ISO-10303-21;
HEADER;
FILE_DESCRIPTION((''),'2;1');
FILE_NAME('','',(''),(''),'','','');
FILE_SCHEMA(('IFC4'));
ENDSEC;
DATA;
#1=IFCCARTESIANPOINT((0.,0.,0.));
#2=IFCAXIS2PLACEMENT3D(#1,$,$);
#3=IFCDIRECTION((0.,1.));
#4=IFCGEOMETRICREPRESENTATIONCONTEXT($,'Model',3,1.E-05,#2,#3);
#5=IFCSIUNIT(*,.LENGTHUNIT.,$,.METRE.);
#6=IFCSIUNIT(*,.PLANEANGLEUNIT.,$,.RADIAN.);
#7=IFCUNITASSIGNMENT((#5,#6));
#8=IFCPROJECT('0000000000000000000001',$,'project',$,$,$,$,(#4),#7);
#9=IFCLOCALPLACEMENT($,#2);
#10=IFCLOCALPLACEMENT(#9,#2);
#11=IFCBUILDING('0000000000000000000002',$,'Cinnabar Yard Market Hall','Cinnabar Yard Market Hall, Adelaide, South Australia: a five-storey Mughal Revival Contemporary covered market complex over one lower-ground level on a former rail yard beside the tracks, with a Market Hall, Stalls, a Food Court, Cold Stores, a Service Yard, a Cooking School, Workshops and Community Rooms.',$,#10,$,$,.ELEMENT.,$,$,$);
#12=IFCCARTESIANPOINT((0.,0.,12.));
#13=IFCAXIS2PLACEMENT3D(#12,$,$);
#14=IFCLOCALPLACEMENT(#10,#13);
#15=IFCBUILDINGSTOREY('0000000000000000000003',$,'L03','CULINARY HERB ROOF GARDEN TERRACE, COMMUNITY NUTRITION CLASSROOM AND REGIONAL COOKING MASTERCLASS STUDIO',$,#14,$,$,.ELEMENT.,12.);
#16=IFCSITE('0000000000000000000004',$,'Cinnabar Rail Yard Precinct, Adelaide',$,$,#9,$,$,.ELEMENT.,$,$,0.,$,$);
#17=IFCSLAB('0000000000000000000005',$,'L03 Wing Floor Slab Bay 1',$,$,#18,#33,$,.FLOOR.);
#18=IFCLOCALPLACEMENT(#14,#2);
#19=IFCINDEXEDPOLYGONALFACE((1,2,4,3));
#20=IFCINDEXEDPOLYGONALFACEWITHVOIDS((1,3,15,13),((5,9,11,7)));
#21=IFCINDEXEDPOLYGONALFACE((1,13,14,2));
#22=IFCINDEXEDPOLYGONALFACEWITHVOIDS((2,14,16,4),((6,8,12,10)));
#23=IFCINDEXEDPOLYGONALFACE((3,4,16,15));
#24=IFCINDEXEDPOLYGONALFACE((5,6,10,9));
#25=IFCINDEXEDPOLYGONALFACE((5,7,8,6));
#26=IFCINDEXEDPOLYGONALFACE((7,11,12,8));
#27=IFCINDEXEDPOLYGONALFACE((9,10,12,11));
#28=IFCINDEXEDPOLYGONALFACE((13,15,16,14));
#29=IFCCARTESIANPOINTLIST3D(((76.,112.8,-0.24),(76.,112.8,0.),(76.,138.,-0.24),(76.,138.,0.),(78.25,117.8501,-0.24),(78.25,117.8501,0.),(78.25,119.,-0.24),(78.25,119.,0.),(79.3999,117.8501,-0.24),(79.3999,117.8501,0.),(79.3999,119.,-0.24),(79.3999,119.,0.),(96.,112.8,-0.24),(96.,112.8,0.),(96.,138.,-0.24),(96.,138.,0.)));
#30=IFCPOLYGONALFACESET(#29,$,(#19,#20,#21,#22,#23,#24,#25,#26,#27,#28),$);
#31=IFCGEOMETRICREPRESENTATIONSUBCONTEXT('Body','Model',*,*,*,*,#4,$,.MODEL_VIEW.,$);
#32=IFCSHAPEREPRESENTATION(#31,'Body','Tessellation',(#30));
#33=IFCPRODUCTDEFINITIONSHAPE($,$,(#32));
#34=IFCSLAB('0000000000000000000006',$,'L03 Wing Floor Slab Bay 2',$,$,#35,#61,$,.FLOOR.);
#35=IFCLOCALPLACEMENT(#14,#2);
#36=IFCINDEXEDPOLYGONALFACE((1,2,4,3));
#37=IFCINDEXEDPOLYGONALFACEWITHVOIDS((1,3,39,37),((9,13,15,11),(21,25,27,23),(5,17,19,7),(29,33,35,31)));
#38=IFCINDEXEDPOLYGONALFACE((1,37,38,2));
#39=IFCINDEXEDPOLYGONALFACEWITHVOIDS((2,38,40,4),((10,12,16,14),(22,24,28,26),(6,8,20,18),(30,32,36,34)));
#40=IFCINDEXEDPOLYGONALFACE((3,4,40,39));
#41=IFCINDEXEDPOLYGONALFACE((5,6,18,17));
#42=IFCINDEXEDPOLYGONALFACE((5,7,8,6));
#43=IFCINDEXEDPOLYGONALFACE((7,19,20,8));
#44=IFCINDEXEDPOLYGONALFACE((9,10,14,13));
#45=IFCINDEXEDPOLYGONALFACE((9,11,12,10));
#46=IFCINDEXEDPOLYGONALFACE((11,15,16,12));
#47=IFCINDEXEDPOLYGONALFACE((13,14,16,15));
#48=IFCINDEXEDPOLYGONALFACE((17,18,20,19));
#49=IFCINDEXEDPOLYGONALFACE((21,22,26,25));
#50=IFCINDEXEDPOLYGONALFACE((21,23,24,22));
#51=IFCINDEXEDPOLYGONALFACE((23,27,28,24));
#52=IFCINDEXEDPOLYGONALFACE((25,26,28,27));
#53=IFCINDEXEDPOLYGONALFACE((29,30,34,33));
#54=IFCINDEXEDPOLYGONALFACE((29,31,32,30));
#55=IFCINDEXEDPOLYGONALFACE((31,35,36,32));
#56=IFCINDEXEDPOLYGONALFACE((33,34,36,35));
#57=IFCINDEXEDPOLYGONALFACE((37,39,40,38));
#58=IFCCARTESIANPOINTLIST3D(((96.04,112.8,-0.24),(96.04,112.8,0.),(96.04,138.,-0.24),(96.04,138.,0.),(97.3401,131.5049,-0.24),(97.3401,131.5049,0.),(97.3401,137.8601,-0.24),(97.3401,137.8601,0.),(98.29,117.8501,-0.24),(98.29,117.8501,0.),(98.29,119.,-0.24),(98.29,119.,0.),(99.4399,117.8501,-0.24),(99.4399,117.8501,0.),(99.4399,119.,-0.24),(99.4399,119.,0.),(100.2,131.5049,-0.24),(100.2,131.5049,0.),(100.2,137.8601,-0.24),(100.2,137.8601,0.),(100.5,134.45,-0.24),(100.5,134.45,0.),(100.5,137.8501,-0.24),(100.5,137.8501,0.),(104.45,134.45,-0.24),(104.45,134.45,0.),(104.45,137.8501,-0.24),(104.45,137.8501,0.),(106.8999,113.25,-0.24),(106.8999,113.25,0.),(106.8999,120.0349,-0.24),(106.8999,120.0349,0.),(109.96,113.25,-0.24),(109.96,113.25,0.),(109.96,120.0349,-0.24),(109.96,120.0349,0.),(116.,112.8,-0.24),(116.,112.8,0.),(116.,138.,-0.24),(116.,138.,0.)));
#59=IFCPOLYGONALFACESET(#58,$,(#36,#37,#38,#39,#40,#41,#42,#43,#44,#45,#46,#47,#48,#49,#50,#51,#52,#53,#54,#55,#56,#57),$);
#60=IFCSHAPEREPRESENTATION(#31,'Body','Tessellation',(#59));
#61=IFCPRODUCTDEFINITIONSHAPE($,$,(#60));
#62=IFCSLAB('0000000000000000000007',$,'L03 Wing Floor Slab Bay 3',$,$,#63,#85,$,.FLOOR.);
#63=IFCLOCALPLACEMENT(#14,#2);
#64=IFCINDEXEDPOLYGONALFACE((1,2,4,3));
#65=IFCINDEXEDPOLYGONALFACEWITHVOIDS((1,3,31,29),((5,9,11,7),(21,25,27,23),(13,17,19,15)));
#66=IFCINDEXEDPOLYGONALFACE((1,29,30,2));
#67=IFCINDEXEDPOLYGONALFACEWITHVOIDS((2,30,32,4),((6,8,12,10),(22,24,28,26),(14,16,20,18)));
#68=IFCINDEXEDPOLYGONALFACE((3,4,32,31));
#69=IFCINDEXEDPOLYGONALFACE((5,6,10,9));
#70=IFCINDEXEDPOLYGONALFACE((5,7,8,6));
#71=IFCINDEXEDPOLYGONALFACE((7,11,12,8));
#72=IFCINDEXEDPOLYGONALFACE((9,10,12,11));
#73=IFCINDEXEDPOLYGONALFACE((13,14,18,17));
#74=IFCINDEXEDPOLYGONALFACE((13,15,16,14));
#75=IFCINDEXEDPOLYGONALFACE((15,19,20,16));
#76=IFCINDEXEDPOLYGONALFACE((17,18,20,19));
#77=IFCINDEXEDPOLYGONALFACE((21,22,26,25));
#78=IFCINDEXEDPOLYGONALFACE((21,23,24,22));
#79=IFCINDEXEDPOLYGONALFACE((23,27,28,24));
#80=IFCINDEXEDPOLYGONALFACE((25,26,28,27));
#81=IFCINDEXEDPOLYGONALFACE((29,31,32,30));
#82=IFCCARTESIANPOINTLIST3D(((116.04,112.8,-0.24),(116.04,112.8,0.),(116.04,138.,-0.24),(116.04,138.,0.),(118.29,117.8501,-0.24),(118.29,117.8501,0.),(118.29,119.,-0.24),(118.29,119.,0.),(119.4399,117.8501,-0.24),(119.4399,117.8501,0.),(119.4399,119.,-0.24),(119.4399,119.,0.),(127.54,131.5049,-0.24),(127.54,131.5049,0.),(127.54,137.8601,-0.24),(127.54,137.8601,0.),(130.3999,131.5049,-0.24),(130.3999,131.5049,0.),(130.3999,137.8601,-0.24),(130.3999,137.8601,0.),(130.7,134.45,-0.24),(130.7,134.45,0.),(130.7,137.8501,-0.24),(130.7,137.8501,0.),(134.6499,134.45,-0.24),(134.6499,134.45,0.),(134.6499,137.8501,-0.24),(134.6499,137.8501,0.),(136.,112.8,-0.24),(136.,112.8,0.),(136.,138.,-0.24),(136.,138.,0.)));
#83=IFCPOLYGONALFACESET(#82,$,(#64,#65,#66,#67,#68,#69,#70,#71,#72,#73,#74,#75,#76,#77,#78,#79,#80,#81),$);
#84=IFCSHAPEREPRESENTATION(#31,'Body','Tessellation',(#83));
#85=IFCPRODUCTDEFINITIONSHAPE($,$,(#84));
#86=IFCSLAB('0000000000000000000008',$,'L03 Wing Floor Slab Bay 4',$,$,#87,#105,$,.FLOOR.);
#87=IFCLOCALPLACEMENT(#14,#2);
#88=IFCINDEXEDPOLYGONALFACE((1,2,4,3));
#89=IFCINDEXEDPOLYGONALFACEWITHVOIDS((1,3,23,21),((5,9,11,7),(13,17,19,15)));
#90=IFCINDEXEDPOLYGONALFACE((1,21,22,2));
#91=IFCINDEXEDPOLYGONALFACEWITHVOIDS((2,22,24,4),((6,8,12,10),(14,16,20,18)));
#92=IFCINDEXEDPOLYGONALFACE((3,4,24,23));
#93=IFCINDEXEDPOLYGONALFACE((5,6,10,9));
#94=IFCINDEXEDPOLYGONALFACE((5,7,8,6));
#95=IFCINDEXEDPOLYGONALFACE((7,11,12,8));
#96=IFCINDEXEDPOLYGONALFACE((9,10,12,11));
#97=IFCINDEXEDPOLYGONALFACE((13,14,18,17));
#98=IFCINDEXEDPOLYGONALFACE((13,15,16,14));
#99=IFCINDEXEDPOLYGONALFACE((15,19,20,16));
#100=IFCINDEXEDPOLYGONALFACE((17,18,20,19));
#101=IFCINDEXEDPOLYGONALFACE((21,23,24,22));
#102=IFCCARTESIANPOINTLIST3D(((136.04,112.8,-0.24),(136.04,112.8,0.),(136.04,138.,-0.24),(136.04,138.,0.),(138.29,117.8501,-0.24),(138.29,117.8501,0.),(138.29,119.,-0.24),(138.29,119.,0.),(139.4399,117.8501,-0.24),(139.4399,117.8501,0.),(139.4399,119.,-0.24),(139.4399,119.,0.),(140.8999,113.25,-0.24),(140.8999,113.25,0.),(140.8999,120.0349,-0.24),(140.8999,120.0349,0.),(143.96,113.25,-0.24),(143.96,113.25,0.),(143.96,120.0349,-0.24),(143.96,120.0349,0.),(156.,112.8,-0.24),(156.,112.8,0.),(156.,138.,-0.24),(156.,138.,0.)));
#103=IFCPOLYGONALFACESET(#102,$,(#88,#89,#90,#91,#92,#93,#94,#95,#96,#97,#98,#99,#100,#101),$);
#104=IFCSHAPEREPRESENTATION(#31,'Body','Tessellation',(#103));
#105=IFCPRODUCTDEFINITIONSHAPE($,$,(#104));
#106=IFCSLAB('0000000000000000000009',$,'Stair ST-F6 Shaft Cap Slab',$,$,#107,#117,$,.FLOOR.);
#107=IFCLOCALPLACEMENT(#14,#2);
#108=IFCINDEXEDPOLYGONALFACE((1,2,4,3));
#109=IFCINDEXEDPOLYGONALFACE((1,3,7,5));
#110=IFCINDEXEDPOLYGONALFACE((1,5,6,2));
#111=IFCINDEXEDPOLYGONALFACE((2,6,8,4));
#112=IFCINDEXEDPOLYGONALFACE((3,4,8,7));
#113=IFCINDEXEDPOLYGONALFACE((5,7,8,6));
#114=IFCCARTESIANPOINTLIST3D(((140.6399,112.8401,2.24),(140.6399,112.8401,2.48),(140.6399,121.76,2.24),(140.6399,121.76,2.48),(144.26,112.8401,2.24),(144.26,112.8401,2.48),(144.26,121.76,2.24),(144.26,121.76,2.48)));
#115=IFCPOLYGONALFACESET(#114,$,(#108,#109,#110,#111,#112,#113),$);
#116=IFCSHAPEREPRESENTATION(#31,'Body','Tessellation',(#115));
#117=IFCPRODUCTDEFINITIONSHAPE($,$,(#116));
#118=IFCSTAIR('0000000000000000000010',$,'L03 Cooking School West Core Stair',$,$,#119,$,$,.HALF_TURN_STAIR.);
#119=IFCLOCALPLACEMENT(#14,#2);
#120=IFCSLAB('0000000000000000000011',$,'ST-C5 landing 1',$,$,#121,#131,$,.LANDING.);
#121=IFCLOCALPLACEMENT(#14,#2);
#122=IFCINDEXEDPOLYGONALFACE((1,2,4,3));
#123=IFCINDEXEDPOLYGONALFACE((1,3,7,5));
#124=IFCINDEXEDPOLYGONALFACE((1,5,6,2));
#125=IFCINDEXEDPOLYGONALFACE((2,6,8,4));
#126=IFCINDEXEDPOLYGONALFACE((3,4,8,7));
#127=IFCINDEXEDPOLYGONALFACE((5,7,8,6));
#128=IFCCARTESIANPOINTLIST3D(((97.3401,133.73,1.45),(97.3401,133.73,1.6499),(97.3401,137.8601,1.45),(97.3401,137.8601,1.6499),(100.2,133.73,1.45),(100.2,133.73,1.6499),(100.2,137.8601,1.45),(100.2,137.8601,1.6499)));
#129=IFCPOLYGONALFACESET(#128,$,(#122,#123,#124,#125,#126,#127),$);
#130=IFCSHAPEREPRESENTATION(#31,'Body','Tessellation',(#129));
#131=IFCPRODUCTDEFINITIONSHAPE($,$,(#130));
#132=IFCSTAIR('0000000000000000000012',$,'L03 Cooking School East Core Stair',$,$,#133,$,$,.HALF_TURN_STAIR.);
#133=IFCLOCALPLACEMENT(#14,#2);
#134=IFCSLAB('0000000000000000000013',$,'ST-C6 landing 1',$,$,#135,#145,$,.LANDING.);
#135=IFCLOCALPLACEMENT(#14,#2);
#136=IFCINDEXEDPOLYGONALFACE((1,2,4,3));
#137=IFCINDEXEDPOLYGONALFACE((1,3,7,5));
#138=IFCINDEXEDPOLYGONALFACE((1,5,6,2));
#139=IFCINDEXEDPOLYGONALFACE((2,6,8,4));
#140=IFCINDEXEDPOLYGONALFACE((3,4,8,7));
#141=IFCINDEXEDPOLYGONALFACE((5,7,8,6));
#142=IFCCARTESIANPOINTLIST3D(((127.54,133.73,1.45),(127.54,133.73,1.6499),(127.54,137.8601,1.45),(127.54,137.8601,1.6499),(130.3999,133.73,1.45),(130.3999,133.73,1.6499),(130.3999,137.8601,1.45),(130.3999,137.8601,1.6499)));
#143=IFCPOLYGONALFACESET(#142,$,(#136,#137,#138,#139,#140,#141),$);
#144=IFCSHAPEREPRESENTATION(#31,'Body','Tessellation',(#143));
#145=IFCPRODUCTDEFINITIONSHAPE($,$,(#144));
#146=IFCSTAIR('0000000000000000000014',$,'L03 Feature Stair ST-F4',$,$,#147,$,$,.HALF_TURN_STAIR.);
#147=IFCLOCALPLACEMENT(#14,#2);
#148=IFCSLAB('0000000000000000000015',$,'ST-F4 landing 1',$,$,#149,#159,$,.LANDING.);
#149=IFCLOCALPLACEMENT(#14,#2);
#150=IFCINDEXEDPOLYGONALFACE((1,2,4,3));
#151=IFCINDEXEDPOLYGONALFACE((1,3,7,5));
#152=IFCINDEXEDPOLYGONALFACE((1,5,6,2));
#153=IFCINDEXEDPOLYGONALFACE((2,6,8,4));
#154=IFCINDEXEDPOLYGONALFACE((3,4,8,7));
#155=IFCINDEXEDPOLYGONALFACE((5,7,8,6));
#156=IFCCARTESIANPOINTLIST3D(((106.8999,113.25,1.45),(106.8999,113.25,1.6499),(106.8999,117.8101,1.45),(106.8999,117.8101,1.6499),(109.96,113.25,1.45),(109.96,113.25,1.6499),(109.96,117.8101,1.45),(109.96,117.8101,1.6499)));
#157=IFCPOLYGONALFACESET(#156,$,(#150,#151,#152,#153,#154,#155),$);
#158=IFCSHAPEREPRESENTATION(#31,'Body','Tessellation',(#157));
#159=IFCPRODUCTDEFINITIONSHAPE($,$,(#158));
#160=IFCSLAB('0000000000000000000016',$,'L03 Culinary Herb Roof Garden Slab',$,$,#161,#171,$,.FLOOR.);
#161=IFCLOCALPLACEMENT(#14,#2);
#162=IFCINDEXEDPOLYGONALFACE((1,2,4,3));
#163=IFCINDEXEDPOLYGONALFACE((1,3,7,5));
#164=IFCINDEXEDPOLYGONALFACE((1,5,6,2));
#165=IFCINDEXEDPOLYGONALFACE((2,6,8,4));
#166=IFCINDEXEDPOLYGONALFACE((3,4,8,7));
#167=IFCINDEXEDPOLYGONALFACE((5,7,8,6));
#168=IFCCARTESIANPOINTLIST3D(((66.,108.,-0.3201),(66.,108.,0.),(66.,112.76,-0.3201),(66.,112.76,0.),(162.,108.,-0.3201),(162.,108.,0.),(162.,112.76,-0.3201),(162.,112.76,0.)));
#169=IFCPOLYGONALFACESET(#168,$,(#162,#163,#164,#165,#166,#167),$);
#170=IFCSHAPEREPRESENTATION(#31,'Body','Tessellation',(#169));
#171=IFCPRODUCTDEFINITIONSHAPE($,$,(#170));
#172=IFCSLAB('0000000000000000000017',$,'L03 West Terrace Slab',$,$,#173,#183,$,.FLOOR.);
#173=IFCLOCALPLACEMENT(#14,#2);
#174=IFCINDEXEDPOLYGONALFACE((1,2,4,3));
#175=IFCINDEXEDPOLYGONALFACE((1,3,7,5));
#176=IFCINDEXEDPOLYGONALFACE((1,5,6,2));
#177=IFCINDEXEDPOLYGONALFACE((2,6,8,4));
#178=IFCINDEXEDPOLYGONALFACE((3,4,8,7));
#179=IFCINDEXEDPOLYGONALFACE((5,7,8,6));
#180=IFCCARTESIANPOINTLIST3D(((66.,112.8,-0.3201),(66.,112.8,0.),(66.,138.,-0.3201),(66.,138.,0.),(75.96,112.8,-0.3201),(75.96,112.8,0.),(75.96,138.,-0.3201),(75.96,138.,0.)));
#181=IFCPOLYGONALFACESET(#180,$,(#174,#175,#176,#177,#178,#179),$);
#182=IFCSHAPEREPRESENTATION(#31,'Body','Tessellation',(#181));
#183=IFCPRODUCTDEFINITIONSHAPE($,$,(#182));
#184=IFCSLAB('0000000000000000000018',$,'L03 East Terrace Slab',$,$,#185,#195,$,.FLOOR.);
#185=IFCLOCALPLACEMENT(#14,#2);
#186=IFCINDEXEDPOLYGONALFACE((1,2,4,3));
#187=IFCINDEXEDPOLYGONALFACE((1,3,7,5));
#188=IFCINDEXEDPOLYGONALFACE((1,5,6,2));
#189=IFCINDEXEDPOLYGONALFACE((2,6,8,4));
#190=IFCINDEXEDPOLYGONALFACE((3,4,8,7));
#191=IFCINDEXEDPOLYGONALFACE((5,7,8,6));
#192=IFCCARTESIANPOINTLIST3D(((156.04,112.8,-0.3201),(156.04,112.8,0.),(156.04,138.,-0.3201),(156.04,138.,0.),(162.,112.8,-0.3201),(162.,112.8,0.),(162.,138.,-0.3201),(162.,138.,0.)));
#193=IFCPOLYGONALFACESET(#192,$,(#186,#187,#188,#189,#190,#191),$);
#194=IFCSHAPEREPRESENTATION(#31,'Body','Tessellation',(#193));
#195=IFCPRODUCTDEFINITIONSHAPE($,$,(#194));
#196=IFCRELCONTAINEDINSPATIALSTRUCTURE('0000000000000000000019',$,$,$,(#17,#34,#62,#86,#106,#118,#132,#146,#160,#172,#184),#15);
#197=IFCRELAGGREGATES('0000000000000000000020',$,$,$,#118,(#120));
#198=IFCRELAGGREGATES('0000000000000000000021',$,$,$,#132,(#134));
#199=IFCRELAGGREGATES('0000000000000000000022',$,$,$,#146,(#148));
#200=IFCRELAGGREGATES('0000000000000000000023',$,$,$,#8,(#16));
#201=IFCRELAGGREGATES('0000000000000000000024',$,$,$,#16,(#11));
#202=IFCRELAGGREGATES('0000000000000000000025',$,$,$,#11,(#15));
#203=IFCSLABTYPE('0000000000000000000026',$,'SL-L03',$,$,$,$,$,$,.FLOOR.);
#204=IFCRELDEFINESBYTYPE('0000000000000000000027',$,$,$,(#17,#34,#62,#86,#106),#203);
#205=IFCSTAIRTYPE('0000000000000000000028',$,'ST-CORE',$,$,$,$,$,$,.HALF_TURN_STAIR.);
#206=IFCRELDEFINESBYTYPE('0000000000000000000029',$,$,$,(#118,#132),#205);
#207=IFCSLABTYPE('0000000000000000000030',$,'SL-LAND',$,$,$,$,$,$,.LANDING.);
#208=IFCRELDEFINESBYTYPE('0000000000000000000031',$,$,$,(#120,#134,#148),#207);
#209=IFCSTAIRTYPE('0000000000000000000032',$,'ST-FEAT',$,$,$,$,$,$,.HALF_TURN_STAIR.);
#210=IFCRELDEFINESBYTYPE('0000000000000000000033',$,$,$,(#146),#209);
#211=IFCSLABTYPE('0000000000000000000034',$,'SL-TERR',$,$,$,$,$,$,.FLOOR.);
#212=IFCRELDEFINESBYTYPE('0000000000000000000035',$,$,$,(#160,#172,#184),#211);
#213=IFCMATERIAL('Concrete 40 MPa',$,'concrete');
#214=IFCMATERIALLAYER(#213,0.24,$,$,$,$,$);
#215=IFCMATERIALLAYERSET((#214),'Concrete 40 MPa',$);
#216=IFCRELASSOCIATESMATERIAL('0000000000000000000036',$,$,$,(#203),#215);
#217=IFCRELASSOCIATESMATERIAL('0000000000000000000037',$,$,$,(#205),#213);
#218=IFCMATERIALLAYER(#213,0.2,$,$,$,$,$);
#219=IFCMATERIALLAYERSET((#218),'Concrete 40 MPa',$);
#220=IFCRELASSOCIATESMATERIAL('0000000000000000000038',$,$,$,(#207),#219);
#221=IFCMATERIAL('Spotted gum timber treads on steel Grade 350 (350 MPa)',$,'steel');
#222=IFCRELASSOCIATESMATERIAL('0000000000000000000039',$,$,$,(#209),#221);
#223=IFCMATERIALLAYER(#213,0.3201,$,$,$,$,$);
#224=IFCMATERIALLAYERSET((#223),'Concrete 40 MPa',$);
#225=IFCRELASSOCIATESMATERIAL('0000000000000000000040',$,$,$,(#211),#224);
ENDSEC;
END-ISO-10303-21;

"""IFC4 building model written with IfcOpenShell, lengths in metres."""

from ifc_helpers import new_model, si_unit, direction, frame, origin, place, context, subcontext, project, spatial, polyline, outline, extrude, material, layer, layer_set, type_object, element, aggregate, save


model = new_model("IFC4")

# Units and contexts
model_context = context("Model", 3, precision=1e-05, world=origin(), true_north=direction((0.0, 1.0)))
body_context = subcontext(model_context, "Body", "Model", "MODEL_VIEW")
ifc_project = project(units=[si_unit("LENGTHUNIT", "METRE"), si_unit("PLANEANGLEUNIT", "RADIAN")], contexts=[model_context])

# Site, building, storey
site_placement = place(None, origin())
site = spatial("IfcSite", under=ifc_project, at=site_placement, Name="Cinnabar Rail Yard Precinct, Adelaide", CompositionType="ELEMENT", RefElevation=0.0)
building_placement = place(site_placement, origin())
building = spatial("IfcBuilding", under=site, at=building_placement, Name="Cinnabar Yard Market Hall", Description="Cinnabar Yard Market Hall, Adelaide, South Australia: a five-storey Mughal Revival Contemporary covered market complex over one lower-ground level on a former rail yard beside the tracks, with a Market Hall, Stalls, a Food Court, Cold Stores, a Service Yard, a Cooking School, Workshops and Community Rooms.", CompositionType="ELEMENT")
storey_placement = place(building_placement, frame((0.0, 0.0, 12.0)))
storey = spatial("IfcBuildingStorey", under=building, at=storey_placement, Name="L03", Description="CULINARY HERB ROOF GARDEN TERRACE, COMMUNITY NUTRITION CLASSROOM AND REGIONAL COOKING MASTERCLASS STUDIO", CompositionType="ELEMENT", Elevation=12.0)

# Slabs
ifc_material_1 = material(Name="Concrete 40 MPa", Category="concrete")
ifc_layer_1 = layer(ifc_material_1, 0.24)
ifc_layer_set_1 = layer_set([ifc_layer_1], Name="Concrete 40 MPa")
slab_type_1 = type_object("IfcSlabType", Name="SL-L03", PredefinedType="FLOOR", material=ifc_layer_set_1)
slab_1_placement = place(storey_placement, frame((0.0, 0.0, -0.24)))
element("IfcSlab", 1, at=slab_1_placement, inside=storey, type_object=slab_type_1, Name="L03 Wing Floor Slab Bay 1", PredefinedType="FLOOR", context=body_context, shape_type="SweptSolid", body=[
    extrude(outline(polyline([(76.0, 112.8), (96.0, 112.8), (96.0, 138.0), (76.0, 138.0), (76.0, 112.8)]), holes=[polyline([(78.25, 117.8501), (79.3999, 117.8501), (79.3999, 119.0), (78.25, 119.0), (78.25, 117.8501)])]), origin(), (0.0, 0.0, 1.0), 0.24),
])
slab_2_placement = place(storey_placement, frame((0.0, 0.0, -0.24)))
element("IfcSlab", 2, at=slab_2_placement, inside=storey, type_object=slab_type_1, Name="L03 Wing Floor Slab Bay 2", PredefinedType="FLOOR", context=body_context, shape_type="SweptSolid", body=[
    extrude(outline(polyline([(96.04, 112.8), (116.0, 112.8), (116.0, 138.0), (96.04, 138.0), (96.04, 112.8)]), holes=[polyline([(98.29, 117.8501), (99.4399, 117.8501), (99.4399, 119.0), (98.29, 119.0), (98.29, 117.8501)]), polyline([(100.2, 131.5049), (100.2, 137.8601), (97.3401, 137.8601), (97.3401, 131.5049), (100.2, 131.5049)]), polyline([(100.5, 134.45), (104.45, 134.45), (104.45, 137.8501), (100.5, 137.8501), (100.5, 134.45)]), polyline([(106.8999, 120.0349), (106.8999, 113.25), (109.96, 113.25), (109.96, 120.0349), (106.8999, 120.0349)])]), origin(), (0.0, 0.0, 1.0), 0.24),
])
slab_3_placement = place(storey_placement, frame((0.0, 0.0, -0.24)))
element("IfcSlab", 3, at=slab_3_placement, inside=storey, type_object=slab_type_1, Name="L03 Wing Floor Slab Bay 3", PredefinedType="FLOOR", context=body_context, shape_type="SweptSolid", body=[
    extrude(outline(polyline([(116.04, 112.8), (136.0, 112.8), (136.0, 138.0), (116.04, 138.0), (116.04, 112.8)]), holes=[polyline([(118.29, 117.8501), (119.4399, 117.8501), (119.4399, 119.0), (118.29, 119.0), (118.29, 117.8501)]), polyline([(130.3999, 131.5049), (130.3999, 137.8601), (127.54, 137.8601), (127.54, 131.5049), (130.3999, 131.5049)]), polyline([(130.7, 134.45), (134.6499, 134.45), (134.6499, 137.8501), (130.7, 137.8501), (130.7, 134.45)])]), origin(), (0.0, 0.0, 1.0), 0.24),
])
slab_4_placement = place(storey_placement, frame((0.0, 0.0, -0.24)))
element("IfcSlab", 4, at=slab_4_placement, inside=storey, type_object=slab_type_1, Name="L03 Wing Floor Slab Bay 4", PredefinedType="FLOOR", context=body_context, shape_type="SweptSolid", body=[
    extrude(outline(polyline([(136.04, 112.8), (156.0, 112.8), (156.0, 138.0), (136.04, 138.0), (136.04, 112.8)]), holes=[polyline([(138.29, 117.8501), (139.4399, 117.8501), (139.4399, 119.0), (138.29, 119.0), (138.29, 117.8501)]), polyline([(140.8999, 120.0349), (140.8999, 113.25), (143.96, 113.25), (143.96, 120.0349), (140.8999, 120.0349)])]), origin(), (0.0, 0.0, 1.0), 0.24),
])
slab_5_placement = place(storey_placement, frame((0.0, 0.0, 2.24)))
element("IfcSlab", 5, at=slab_5_placement, inside=storey, type_object=slab_type_1, Name="Stair ST-F6 Shaft Cap Slab", PredefinedType="FLOOR", context=body_context, shape_type="SweptSolid", body=[
    extrude(outline(polyline([(140.6399, 112.8401), (144.26, 112.8401), (144.26, 121.76), (140.6399, 121.76), (140.6399, 112.8401)])), origin(), (0.0, 0.0, 1.0), 0.24),
])

# Stairs, slabs
stair_type_1 = type_object("IfcStairType", Name="ST-CORE", PredefinedType="HALF_TURN_STAIR", material=ifc_material_1)
stair_1_placement = place(storey_placement, origin())
stair_1 = element("IfcStair", 6, at=stair_1_placement, inside=storey, type_object=stair_type_1, Name="L03 Cooking School West Core Stair", PredefinedType="HALF_TURN_STAIR")
ifc_layer_2 = layer(ifc_material_1, 0.2)
ifc_layer_set_2 = layer_set([ifc_layer_2], Name="Concrete 40 MPa")
slab_type_2 = type_object("IfcSlabType", Name="SL-LAND", PredefinedType="LANDING", material=ifc_layer_set_2)
slab_6_placement = place(storey_placement, frame((0.0, 0.0, 1.45)))
slab_6 = element("IfcSlab", 7, at=slab_6_placement, type_object=slab_type_2, Name="ST-C5 landing 1", PredefinedType="LANDING", context=body_context, shape_type="SweptSolid", body=[
    extrude(outline(polyline([(100.2, 133.73), (100.2, 137.8601), (97.3401, 137.8601), (97.3401, 133.73), (100.2, 133.73)])), origin(), (0.0, 0.0, 1.0), 0.2),
])
aggregate(stair_1, [slab_6])
stair_2_placement = place(storey_placement, origin())
stair_2 = element("IfcStair", 8, at=stair_2_placement, inside=storey, type_object=stair_type_1, Name="L03 Cooking School East Core Stair", PredefinedType="HALF_TURN_STAIR")
slab_7_placement = place(storey_placement, frame((0.0, 0.0, 1.45)))
slab_7 = element("IfcSlab", 9, at=slab_7_placement, type_object=slab_type_2, Name="ST-C6 landing 1", PredefinedType="LANDING", context=body_context, shape_type="SweptSolid", body=[
    extrude(outline(polyline([(130.3999, 133.73), (130.3999, 137.8601), (127.54, 137.8601), (127.54, 133.73), (130.3999, 133.73)])), origin(), (0.0, 0.0, 1.0), 0.2),
])
aggregate(stair_2, [slab_7])
ifc_material_2 = material(Name="Spotted gum timber treads on steel Grade 350 (350 MPa)", Category="steel")
stair_type_2 = type_object("IfcStairType", Name="ST-FEAT", PredefinedType="HALF_TURN_STAIR", material=ifc_material_2)
stair_3_placement = place(storey_placement, origin())
stair_3 = element("IfcStair", 10, at=stair_3_placement, inside=storey, type_object=stair_type_2, Name="L03 Feature Stair ST-F4", PredefinedType="HALF_TURN_STAIR")
slab_8_placement = place(storey_placement, frame((0.0, 0.0, 1.45)))
slab_8 = element("IfcSlab", 11, at=slab_8_placement, type_object=slab_type_2, Name="ST-F4 landing 1", PredefinedType="LANDING", context=body_context, shape_type="SweptSolid", body=[
    extrude(outline(polyline([(106.8999, 117.8101), (106.8999, 113.25), (109.96, 113.25), (109.96, 117.8101), (106.8999, 117.8101)])), origin(), (0.0, 0.0, 1.0), 0.2),
])
aggregate(stair_3, [slab_8])

# Slabs
ifc_layer_3 = layer(ifc_material_1, 0.3201)
ifc_layer_set_3 = layer_set([ifc_layer_3], Name="Concrete 40 MPa")
slab_type_3 = type_object("IfcSlabType", Name="SL-TERR", PredefinedType="FLOOR", material=ifc_layer_set_3)
slab_9_placement = place(storey_placement, frame((0.0, 0.0, -0.3201)))
element("IfcSlab", 12, at=slab_9_placement, inside=storey, type_object=slab_type_3, Name="L03 Culinary Herb Roof Garden Slab", PredefinedType="FLOOR", context=body_context, shape_type="SweptSolid", body=[
    extrude(outline(polyline([(66.0, 108.0), (162.0, 108.0), (162.0, 112.76), (66.0, 112.76), (66.0, 108.0)])), origin(), (0.0, 0.0, 1.0), 0.3201),
])
slab_10_placement = place(storey_placement, frame((0.0, 0.0, -0.3201)))
element("IfcSlab", 13, at=slab_10_placement, inside=storey, type_object=slab_type_3, Name="L03 West Terrace Slab", PredefinedType="FLOOR", context=body_context, shape_type="SweptSolid", body=[
    extrude(outline(polyline([(66.0, 112.8), (75.96, 112.8), (75.96, 138.0), (66.0, 138.0), (66.0, 112.8)])), origin(), (0.0, 0.0, 1.0), 0.3201),
])
slab_11_placement = place(storey_placement, frame((0.0, 0.0, -0.3201)))
element("IfcSlab", 14, at=slab_11_placement, inside=storey, type_object=slab_type_3, Name="L03 East Terrace Slab", PredefinedType="FLOOR", context=body_context, shape_type="SweptSolid", body=[
    extrude(outline(polyline([(156.04, 112.8), (162.0, 112.8), (162.0, 138.0), (156.04, 138.0), (156.04, 112.8)])), origin(), (0.0, 0.0, 1.0), 0.3201),
])

save(model, "model.ifc")
